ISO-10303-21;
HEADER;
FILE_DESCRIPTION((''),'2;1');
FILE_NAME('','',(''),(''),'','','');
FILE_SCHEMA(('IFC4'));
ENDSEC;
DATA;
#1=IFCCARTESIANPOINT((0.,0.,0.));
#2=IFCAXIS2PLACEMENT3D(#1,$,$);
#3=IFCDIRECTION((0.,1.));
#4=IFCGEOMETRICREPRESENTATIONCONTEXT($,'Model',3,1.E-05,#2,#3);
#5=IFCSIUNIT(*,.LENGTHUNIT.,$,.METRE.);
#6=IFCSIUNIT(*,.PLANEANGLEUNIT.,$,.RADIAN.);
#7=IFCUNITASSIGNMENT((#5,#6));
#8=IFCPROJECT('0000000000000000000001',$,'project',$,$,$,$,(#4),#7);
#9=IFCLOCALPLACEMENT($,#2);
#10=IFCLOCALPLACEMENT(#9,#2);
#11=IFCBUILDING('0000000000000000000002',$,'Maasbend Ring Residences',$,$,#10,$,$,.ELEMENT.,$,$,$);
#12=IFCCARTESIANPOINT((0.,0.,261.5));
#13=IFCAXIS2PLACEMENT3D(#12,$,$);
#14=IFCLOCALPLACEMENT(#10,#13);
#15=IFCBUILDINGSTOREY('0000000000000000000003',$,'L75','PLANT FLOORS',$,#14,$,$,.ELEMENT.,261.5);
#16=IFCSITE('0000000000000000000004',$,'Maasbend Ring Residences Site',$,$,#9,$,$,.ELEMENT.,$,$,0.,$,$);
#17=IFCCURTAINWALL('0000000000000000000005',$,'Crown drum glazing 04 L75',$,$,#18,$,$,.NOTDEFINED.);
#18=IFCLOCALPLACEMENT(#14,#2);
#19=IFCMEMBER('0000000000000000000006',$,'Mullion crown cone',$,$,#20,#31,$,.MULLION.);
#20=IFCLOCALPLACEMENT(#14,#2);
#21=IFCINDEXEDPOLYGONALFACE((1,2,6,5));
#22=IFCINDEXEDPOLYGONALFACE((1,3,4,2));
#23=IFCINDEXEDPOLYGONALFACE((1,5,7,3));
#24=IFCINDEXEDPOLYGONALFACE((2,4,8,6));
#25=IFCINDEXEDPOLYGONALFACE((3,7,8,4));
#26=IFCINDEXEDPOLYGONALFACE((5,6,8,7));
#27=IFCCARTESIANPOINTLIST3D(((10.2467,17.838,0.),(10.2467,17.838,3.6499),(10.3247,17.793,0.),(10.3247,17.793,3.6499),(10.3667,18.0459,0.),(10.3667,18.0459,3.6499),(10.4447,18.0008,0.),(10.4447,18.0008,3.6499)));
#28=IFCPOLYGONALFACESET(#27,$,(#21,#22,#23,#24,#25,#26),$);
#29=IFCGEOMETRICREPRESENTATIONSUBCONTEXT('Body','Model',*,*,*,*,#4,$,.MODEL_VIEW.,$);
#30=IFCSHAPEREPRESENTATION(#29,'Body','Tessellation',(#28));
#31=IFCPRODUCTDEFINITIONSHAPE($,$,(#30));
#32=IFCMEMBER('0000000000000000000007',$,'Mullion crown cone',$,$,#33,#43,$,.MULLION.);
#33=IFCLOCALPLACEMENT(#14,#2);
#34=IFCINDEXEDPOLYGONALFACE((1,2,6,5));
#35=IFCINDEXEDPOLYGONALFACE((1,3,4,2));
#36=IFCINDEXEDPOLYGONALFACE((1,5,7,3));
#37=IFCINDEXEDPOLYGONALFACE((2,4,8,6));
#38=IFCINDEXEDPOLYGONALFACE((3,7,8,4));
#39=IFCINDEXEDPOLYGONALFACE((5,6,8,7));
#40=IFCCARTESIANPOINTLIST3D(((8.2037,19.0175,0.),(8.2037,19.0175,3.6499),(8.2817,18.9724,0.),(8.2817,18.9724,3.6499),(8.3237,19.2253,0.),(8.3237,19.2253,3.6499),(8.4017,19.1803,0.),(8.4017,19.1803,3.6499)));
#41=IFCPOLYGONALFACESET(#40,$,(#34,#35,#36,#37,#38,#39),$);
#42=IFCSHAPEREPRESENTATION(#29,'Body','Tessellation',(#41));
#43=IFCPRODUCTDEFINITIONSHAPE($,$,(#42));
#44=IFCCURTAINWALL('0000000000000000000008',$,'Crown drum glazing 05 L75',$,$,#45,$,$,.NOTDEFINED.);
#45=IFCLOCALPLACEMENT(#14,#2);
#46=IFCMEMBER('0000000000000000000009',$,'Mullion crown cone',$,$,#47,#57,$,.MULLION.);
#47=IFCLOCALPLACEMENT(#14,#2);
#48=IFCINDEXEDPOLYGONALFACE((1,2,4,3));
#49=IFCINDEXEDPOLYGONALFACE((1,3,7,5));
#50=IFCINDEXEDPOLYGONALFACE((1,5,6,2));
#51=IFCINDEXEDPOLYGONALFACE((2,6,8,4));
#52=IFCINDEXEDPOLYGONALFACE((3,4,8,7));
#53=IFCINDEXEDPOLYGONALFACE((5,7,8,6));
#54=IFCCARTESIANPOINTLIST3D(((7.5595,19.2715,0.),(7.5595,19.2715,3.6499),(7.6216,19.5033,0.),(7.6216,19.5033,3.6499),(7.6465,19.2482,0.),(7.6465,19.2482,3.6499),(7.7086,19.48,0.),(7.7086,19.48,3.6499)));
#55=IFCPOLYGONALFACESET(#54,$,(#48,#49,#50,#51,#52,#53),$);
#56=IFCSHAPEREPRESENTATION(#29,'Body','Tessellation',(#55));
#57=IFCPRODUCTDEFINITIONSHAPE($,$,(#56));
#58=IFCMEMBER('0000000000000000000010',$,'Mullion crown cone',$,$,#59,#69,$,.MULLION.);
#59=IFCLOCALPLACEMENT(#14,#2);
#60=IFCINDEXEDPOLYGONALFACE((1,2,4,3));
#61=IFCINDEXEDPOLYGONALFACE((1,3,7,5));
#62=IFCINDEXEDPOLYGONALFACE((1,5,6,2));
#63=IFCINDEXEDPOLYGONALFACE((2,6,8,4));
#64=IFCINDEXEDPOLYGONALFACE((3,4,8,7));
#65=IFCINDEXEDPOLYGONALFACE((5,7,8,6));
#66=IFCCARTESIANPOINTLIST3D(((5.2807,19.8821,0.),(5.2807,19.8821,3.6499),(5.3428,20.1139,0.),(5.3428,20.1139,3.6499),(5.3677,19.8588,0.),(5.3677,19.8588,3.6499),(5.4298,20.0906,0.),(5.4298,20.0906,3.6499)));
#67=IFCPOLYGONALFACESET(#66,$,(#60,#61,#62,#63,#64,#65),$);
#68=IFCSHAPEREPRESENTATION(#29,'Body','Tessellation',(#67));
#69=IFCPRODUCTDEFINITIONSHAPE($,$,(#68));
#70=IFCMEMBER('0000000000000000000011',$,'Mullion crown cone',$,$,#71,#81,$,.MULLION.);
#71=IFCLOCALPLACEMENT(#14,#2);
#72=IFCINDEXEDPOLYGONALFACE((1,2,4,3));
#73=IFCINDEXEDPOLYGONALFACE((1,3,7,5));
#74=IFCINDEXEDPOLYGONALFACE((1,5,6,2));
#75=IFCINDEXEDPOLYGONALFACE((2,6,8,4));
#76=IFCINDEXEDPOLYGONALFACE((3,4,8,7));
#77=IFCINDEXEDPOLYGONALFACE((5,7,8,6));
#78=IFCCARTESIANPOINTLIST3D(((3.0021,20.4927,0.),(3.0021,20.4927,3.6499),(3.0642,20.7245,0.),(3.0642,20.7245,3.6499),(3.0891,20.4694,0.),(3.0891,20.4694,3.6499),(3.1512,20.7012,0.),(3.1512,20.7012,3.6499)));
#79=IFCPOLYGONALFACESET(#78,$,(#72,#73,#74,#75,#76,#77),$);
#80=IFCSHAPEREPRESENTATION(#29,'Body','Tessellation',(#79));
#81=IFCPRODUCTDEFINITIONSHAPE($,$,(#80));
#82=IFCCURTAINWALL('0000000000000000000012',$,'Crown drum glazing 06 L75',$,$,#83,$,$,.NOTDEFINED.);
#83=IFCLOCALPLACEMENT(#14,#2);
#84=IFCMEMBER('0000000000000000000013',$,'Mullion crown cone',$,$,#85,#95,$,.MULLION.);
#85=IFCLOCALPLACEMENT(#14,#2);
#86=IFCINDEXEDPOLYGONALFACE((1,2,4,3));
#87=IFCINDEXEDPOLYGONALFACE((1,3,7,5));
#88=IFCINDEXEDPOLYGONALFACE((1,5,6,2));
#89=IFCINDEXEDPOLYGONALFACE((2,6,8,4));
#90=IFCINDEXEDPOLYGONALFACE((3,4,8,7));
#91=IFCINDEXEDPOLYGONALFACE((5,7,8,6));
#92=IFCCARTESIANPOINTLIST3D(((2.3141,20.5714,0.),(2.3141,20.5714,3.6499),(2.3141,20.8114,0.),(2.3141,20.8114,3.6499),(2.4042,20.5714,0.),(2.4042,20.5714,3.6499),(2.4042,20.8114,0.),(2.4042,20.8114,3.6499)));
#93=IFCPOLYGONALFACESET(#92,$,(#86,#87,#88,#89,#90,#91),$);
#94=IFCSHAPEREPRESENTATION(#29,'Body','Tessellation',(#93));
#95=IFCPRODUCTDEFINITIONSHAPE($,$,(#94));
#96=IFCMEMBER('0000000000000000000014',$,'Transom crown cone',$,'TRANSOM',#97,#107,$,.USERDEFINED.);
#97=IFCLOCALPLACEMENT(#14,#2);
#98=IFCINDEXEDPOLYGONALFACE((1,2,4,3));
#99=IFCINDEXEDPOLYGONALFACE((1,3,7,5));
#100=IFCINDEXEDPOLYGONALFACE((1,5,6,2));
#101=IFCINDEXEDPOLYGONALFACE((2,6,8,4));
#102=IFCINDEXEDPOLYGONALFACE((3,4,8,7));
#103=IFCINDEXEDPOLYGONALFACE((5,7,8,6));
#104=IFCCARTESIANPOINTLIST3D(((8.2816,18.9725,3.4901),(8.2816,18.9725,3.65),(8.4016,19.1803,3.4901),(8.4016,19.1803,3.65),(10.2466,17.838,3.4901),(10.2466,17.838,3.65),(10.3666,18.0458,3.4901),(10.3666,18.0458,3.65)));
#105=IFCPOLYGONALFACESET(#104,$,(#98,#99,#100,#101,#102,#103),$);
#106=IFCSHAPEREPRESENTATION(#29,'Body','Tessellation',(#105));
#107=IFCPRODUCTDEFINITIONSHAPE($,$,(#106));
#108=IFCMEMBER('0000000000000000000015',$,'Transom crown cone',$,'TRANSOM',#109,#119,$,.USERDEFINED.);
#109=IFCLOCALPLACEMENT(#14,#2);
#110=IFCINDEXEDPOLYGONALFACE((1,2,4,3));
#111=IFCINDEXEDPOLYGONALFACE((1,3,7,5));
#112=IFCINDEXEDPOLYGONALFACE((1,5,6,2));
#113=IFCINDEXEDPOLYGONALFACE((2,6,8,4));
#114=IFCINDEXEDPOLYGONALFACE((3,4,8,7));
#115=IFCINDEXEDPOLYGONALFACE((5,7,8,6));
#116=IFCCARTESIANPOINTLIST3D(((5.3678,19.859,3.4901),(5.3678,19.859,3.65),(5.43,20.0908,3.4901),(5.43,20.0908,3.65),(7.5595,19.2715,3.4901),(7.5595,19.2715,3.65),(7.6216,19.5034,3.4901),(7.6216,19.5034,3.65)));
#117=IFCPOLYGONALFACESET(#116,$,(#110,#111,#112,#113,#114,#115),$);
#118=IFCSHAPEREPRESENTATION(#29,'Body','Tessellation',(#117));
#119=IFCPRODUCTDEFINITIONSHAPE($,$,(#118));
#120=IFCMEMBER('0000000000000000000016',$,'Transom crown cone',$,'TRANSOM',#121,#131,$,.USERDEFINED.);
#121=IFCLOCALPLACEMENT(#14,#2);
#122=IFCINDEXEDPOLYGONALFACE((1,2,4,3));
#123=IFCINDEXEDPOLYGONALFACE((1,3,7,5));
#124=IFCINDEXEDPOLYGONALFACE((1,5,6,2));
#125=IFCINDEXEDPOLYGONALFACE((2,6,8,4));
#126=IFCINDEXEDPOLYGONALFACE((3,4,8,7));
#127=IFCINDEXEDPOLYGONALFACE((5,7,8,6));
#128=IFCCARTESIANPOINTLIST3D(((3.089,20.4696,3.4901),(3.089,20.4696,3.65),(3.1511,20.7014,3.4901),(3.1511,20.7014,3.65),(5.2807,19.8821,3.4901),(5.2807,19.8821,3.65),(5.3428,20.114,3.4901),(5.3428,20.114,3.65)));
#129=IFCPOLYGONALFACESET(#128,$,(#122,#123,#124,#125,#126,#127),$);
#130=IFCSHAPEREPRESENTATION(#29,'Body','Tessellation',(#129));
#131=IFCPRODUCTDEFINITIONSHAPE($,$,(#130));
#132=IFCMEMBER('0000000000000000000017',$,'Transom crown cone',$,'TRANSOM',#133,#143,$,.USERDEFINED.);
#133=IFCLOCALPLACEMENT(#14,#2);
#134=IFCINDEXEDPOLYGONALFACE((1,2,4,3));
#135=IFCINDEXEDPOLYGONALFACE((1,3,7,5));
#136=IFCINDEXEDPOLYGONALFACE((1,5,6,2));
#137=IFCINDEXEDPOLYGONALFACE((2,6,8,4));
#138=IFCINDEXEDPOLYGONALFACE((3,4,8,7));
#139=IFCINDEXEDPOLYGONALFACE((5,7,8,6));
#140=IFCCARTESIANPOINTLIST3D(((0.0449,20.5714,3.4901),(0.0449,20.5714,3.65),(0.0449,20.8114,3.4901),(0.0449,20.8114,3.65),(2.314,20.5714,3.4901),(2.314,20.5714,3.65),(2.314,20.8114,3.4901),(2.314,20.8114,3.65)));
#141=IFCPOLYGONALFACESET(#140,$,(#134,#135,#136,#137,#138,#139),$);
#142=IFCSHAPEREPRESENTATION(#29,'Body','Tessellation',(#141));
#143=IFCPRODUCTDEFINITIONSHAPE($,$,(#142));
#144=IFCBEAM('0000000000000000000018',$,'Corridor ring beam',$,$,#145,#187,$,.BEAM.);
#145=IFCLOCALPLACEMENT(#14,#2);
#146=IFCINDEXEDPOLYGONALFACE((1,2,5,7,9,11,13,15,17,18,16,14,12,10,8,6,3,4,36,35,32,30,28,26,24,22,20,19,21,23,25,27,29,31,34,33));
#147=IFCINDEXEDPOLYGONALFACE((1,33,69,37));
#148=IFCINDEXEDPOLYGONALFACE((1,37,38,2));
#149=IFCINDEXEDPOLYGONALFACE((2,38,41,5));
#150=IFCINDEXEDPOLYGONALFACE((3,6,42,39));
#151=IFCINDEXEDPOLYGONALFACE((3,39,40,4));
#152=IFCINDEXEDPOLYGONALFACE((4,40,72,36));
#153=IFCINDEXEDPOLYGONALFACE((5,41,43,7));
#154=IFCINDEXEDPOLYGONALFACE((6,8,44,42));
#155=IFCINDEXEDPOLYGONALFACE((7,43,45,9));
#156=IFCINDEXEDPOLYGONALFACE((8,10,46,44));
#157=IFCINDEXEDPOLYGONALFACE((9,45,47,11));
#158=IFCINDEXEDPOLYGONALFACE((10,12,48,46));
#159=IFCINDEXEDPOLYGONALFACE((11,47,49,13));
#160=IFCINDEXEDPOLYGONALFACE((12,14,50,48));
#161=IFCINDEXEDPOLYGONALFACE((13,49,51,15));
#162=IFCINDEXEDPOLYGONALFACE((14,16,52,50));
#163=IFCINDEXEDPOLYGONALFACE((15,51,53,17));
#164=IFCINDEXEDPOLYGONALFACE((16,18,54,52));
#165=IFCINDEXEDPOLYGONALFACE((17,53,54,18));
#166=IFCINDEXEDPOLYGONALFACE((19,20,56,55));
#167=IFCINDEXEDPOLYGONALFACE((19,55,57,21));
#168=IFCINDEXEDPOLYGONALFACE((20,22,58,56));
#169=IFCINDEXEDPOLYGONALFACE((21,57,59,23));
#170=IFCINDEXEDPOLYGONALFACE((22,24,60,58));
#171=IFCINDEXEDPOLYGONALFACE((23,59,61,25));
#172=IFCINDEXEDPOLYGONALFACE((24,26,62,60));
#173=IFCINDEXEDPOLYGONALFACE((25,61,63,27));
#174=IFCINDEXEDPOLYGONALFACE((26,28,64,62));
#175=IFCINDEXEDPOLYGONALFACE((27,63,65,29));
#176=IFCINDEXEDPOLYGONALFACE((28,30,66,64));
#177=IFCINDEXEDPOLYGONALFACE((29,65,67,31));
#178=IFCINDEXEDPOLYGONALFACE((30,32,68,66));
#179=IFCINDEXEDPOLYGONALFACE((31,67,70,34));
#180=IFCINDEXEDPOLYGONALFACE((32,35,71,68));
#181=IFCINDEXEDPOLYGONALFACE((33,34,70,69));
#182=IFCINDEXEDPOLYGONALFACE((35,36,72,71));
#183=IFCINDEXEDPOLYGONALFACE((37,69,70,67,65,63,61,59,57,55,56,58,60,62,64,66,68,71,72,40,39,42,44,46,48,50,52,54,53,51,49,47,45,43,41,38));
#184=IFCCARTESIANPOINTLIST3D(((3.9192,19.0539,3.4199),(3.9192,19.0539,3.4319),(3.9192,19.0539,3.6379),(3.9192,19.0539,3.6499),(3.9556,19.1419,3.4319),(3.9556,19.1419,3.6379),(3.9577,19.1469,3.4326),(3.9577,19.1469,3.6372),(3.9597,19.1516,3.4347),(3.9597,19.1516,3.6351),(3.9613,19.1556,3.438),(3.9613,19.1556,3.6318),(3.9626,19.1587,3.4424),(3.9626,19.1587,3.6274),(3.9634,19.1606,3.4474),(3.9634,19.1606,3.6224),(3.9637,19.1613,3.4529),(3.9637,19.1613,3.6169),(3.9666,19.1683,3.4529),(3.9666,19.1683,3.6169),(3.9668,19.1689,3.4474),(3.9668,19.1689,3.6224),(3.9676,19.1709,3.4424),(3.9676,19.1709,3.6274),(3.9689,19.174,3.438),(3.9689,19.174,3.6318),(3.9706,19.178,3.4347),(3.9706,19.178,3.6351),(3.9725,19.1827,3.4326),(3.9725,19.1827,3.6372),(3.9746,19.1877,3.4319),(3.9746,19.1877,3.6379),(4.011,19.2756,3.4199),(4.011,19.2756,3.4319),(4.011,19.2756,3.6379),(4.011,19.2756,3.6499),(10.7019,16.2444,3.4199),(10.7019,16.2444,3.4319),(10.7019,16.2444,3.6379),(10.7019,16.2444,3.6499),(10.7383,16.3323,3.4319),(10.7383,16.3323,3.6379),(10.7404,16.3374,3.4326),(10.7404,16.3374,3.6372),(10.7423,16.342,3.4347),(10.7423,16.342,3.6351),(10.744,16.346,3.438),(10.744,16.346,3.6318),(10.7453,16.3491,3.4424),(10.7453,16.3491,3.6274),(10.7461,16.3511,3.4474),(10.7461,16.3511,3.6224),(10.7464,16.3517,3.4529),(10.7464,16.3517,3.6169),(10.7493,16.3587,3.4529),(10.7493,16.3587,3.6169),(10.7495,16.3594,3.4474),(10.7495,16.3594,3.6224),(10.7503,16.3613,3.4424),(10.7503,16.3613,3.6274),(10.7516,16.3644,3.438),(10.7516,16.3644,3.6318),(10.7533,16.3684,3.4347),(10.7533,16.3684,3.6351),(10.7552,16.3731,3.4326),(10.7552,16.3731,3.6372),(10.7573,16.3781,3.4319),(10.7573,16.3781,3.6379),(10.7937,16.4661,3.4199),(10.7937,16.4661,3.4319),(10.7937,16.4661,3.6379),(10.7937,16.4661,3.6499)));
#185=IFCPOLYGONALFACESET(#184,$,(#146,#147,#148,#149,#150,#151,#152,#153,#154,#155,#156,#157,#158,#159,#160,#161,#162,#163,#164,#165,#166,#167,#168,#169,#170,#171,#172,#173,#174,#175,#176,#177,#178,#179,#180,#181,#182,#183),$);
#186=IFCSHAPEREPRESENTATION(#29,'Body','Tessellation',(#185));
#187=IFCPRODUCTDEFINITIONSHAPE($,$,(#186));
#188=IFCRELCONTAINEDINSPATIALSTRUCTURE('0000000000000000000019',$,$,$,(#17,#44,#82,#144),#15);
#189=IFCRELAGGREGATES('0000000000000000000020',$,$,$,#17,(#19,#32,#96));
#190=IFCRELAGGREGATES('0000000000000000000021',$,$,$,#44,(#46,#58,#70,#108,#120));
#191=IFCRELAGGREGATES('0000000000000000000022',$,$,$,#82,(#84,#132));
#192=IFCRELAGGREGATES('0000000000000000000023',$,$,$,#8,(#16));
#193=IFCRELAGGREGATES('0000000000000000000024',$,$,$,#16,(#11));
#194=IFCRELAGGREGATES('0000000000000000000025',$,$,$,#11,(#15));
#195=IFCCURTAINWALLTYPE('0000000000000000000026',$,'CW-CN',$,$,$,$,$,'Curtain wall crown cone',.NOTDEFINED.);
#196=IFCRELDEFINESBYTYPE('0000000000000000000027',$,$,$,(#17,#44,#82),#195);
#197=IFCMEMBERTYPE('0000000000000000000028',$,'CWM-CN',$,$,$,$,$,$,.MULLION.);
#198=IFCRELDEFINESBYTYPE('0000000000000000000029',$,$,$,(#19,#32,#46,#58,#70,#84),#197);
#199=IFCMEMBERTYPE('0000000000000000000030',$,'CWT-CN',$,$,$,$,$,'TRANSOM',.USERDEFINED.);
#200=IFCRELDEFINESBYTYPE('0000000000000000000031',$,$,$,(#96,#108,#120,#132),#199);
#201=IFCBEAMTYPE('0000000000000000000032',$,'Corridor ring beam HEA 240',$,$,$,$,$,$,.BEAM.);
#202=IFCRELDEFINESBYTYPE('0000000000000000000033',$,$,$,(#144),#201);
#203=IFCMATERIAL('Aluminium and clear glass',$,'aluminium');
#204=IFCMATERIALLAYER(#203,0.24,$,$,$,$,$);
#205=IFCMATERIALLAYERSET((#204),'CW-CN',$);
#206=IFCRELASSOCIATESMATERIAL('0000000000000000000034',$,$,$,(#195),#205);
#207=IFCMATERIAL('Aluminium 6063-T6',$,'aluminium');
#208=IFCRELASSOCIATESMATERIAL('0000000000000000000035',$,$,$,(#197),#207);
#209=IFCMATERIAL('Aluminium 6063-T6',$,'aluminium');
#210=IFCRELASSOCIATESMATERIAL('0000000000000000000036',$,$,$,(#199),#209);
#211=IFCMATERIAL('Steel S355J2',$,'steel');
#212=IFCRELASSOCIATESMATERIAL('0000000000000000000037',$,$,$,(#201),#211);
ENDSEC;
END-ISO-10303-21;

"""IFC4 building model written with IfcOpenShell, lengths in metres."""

from ifc_helpers import new_model, si_unit, direction, frame, origin, origin_2d, place, context, subcontext, project, spatial, rectangle, i_section, extrude, material, layer, layer_set, material_profile, profile_set, type_object, element, aggregate, save


model = new_model("IFC4")

# Units and contexts
model_context = context("Model", 3, precision=1e-05, world=origin(), true_north=direction((0.0, 1.0)))
body_context = subcontext(model_context, "Body", "Model", "MODEL_VIEW")
ifc_project = project(units=[si_unit("LENGTHUNIT", "METRE"), si_unit("PLANEANGLEUNIT", "RADIAN")], contexts=[model_context])

# Site, building, storey
site_placement = place(None, origin())
site = spatial("IfcSite", under=ifc_project, at=site_placement, Name="Maasbend Ring Residences Site", CompositionType="ELEMENT", RefElevation=0.0)
building_placement = place(site_placement, origin())
building = spatial("IfcBuilding", under=site, at=building_placement, Name="Maasbend Ring Residences", CompositionType="ELEMENT")
storey_placement = place(building_placement, frame((0.0, 0.0, 261.5)))
storey = spatial("IfcBuildingStorey", under=building, at=storey_placement, Name="L75", Description="PLANT FLOORS", CompositionType="ELEMENT", Elevation=261.5)

# Curtain walls, members
ifc_material_1 = material(Name="Aluminium and clear glass", Category="aluminium")
ifc_layer_1 = layer(ifc_material_1, 0.24)
ifc_layer_set_1 = layer_set([ifc_layer_1], Name="CW-CN")
curtain_wall_type = type_object("IfcCurtainWallType", Name="CW-CN", ElementType="Curtain wall crown cone", PredefinedType="NOTDEFINED", material=ifc_layer_set_1)
curtain_wall_1_placement = place(storey_placement, origin())
curtain_wall_1 = element("IfcCurtainWall", 1, at=curtain_wall_1_placement, inside=storey, type_object=curtain_wall_type, Name="Crown drum glazing 04 L75", PredefinedType="NOTDEFINED")
ifc_material_2 = material(Name="Aluminium 6063-T6", Category="aluminium")
ifc_material_profile_1 = material_profile(ifc_material_2, rectangle(XDim=0.24, YDim=0.0901, at=origin_2d()), Name="AL 240x90")
ifc_profile_set_1 = profile_set([ifc_material_profile_1], Name="Aluminium 6063-T6")
member_type_1 = type_object("IfcMemberType", Name="CWM-CN", PredefinedType="MULLION", material=ifc_profile_set_1)
member_1_placement = place(storey_placement, frame((10.3457, 17.9194, 0.0), z_axis=(0.0, 0.0, 1.0), x_axis=(-0.5, -0.866025, 0.0)))
member_1 = element("IfcMember", 2, at=member_1_placement, type_object=member_type_1, Name="Mullion crown cone", PredefinedType="MULLION", context=body_context, shape_type="SweptSolid", body=[
    extrude(rectangle(XDim=0.24, YDim=0.0901, at=origin_2d()), origin(), (0.0, 0.0, 1.0), 3.6499),
])
member_2_placement = place(storey_placement, frame((8.3027, 19.0989, 0.0), z_axis=(0.0, 0.0, 1.0), x_axis=(-0.5, -0.866025, 0.0)))
member_2 = element("IfcMember", 3, at=member_2_placement, type_object=member_type_1, Name="Mullion crown cone", PredefinedType="MULLION", context=body_context, shape_type="SweptSolid", body=[
    extrude(rectangle(XDim=0.24, YDim=0.0901, at=origin_2d()), origin(), (0.0, 0.0, 1.0), 3.6499),
])
curtain_wall_2_placement = place(storey_placement, origin())
curtain_wall_2 = element("IfcCurtainWall", 4, at=curtain_wall_2_placement, inside=storey, type_object=curtain_wall_type, Name="Crown drum glazing 05 L75", PredefinedType="NOTDEFINED")
member_3_placement = place(storey_placement, frame((7.634, 19.3757, 0.0), z_axis=(0.0, 0.0, 1.0), x_axis=(-0.258819, -0.965926, 0.0)))
member_3 = element("IfcMember", 5, at=member_3_placement, type_object=member_type_1, Name="Mullion crown cone", PredefinedType="MULLION", context=body_context, shape_type="SweptSolid", body=[
    extrude(rectangle(XDim=0.24, YDim=0.0901, at=origin_2d()), origin(), (0.0, 0.0, 1.0), 3.6499),
])
member_4_placement = place(storey_placement, frame((5.3552, 19.9863, 0.0), z_axis=(0.0, 0.0, 1.0), x_axis=(-0.258819, -0.965926, 0.0)))
member_4 = element("IfcMember", 6, at=member_4_placement, type_object=member_type_1, Name="Mullion crown cone", PredefinedType="MULLION", context=body_context, shape_type="SweptSolid", body=[
    extrude(rectangle(XDim=0.24, YDim=0.0901, at=origin_2d()), origin(), (0.0, 0.0, 1.0), 3.6499),
])
member_5_placement = place(storey_placement, frame((3.0767, 20.5969, 0.0), z_axis=(0.0, 0.0, 1.0), x_axis=(-0.258819, -0.965926, 0.0)))
member_5 = element("IfcMember", 7, at=member_5_placement, type_object=member_type_1, Name="Mullion crown cone", PredefinedType="MULLION", context=body_context, shape_type="SweptSolid", body=[
    extrude(rectangle(XDim=0.24, YDim=0.0901, at=origin_2d()), origin(), (0.0, 0.0, 1.0), 3.6499),
])

# Curtain wall, member
curtain_wall_3_placement = place(storey_placement, origin())
curtain_wall_3 = element("IfcCurtainWall", 8, at=curtain_wall_3_placement, inside=storey, type_object=curtain_wall_type, Name="Crown drum glazing 06 L75", PredefinedType="NOTDEFINED")
member_6_placement = place(storey_placement, frame((2.3591, 20.6914, 0.0), z_axis=(0.0, 0.0, 1.0), x_axis=(0.0, -1.0, 0.0)))
member_6 = element("IfcMember", 9, at=member_6_placement, type_object=member_type_1, Name="Mullion crown cone", PredefinedType="MULLION", context=body_context, shape_type="SweptSolid", body=[
    extrude(rectangle(XDim=0.24, YDim=0.0901, at=origin_2d()), origin(), (0.0, 0.0, 1.0), 3.6499),
])

# Members
ifc_material_3 = material(Name="Aluminium 6063-T6", Category="aluminium")
ifc_material_profile_2 = material_profile(ifc_material_3, rectangle(XDim=0.24, YDim=0.1599, at=origin_2d()), Name="AL 240x160")
ifc_profile_set_2 = profile_set([ifc_material_profile_2], Name="Aluminium 6063-T6")
member_type_2 = type_object("IfcMemberType", Name="CWT-CN", ElementType="TRANSOM", PredefinedType="USERDEFINED", material=ifc_profile_set_2)
member_7_placement = place(storey_placement, frame((10.3066, 17.9419, 3.5701), z_axis=(-0.86603, 0.499993, 0.0), x_axis=(-0.499993, -0.86603, 0.0)))
member_7 = element("IfcMember", 10, at=member_7_placement, type_object=member_type_2, Name="Transom crown cone", ObjectType="TRANSOM", PredefinedType="USERDEFINED", context=body_context, shape_type="SweptSolid", body=[
    extrude(rectangle(XDim=0.24, YDim=0.1599, at=origin_2d()), origin(), (0.0, 0.0, 1.0), 2.269),
])
member_8_placement = place(storey_placement, frame((7.5906, 19.3875, 3.5701), z_axis=(-0.965909, 0.258881, 0.0), x_axis=(-0.258881, -0.965909, 0.0)))
member_8 = element("IfcMember", 11, at=member_8_placement, type_object=member_type_2, Name="Transom crown cone", ObjectType="TRANSOM", PredefinedType="USERDEFINED", context=body_context, shape_type="SweptSolid", body=[
    extrude(rectangle(XDim=0.24, YDim=0.1599, at=origin_2d()), origin(), (0.0, 0.0, 1.0), 2.269),
])
member_9_placement = place(storey_placement, frame((5.3118, 19.998, 3.5701), z_axis=(-0.965909, 0.258881, 0.0), x_axis=(-0.258881, -0.965909, 0.0)))
member_9 = element("IfcMember", 12, at=member_9_placement, type_object=member_type_2, Name="Transom crown cone", ObjectType="TRANSOM", PredefinedType="USERDEFINED", context=body_context, shape_type="SweptSolid", body=[
    extrude(rectangle(XDim=0.24, YDim=0.1599, at=origin_2d()), origin(), (0.0, 0.0, 1.0), 2.269),
])
member_10_placement = place(storey_placement, frame((2.314, 20.6914, 3.5701), z_axis=(-1.0, 0.0, 0.0), x_axis=(0.0, -1.0, 0.0)))
member_10 = element("IfcMember", 13, at=member_10_placement, type_object=member_type_2, Name="Transom crown cone", ObjectType="TRANSOM", PredefinedType="USERDEFINED", context=body_context, shape_type="SweptSolid", body=[
    extrude(rectangle(XDim=0.24, YDim=0.1599, at=origin_2d()), origin(), (0.0, 0.0, 1.0), 2.269),
])

# Beam
ifc_material_4 = material(Name="Steel S355J2", Category="steel")
ifc_material_profile_3 = material_profile(ifc_material_4, i_section(OverallWidth=0.24, OverallDepth=0.23, WebThickness=0.0076, FlangeThickness=0.012, FilletRadius=0.021, at=origin_2d()), Name="HEA 240")
ifc_profile_set_3 = profile_set([ifc_material_profile_3], Name="Steel S355J2")
beam_type_1 = type_object("IfcBeamType", Name="Corridor ring beam HEA 240", PredefinedType="BEAM", material=ifc_profile_set_3)
beam_1_placement = place(storey_placement, frame((10.7478, 16.3552, 3.5349), z_axis=(-0.923876, 0.382692, 0.0), x_axis=(-0.382692, -0.923876, 0.0)))
element("IfcBeam", 14, at=beam_1_placement, inside=storey, type_object=beam_type_1, Name="Corridor ring beam", PredefinedType="BEAM", context=body_context, shape_type="SweptSolid", body=[
    extrude(i_section(OverallWidth=0.24, OverallDepth=0.23, WebThickness=0.0076, FlangeThickness=0.012, FilletRadius=0.021, at=origin_2d()), origin(), (0.0, 0.0, 1.0), 7.3416),
])

aggregate(curtain_wall_1, [member_1, member_2, member_7])
aggregate(curtain_wall_2, [member_3, member_4, member_5, member_8, member_9])
aggregate(curtain_wall_3, [member_6, member_10])

save(model, "model.ifc")
